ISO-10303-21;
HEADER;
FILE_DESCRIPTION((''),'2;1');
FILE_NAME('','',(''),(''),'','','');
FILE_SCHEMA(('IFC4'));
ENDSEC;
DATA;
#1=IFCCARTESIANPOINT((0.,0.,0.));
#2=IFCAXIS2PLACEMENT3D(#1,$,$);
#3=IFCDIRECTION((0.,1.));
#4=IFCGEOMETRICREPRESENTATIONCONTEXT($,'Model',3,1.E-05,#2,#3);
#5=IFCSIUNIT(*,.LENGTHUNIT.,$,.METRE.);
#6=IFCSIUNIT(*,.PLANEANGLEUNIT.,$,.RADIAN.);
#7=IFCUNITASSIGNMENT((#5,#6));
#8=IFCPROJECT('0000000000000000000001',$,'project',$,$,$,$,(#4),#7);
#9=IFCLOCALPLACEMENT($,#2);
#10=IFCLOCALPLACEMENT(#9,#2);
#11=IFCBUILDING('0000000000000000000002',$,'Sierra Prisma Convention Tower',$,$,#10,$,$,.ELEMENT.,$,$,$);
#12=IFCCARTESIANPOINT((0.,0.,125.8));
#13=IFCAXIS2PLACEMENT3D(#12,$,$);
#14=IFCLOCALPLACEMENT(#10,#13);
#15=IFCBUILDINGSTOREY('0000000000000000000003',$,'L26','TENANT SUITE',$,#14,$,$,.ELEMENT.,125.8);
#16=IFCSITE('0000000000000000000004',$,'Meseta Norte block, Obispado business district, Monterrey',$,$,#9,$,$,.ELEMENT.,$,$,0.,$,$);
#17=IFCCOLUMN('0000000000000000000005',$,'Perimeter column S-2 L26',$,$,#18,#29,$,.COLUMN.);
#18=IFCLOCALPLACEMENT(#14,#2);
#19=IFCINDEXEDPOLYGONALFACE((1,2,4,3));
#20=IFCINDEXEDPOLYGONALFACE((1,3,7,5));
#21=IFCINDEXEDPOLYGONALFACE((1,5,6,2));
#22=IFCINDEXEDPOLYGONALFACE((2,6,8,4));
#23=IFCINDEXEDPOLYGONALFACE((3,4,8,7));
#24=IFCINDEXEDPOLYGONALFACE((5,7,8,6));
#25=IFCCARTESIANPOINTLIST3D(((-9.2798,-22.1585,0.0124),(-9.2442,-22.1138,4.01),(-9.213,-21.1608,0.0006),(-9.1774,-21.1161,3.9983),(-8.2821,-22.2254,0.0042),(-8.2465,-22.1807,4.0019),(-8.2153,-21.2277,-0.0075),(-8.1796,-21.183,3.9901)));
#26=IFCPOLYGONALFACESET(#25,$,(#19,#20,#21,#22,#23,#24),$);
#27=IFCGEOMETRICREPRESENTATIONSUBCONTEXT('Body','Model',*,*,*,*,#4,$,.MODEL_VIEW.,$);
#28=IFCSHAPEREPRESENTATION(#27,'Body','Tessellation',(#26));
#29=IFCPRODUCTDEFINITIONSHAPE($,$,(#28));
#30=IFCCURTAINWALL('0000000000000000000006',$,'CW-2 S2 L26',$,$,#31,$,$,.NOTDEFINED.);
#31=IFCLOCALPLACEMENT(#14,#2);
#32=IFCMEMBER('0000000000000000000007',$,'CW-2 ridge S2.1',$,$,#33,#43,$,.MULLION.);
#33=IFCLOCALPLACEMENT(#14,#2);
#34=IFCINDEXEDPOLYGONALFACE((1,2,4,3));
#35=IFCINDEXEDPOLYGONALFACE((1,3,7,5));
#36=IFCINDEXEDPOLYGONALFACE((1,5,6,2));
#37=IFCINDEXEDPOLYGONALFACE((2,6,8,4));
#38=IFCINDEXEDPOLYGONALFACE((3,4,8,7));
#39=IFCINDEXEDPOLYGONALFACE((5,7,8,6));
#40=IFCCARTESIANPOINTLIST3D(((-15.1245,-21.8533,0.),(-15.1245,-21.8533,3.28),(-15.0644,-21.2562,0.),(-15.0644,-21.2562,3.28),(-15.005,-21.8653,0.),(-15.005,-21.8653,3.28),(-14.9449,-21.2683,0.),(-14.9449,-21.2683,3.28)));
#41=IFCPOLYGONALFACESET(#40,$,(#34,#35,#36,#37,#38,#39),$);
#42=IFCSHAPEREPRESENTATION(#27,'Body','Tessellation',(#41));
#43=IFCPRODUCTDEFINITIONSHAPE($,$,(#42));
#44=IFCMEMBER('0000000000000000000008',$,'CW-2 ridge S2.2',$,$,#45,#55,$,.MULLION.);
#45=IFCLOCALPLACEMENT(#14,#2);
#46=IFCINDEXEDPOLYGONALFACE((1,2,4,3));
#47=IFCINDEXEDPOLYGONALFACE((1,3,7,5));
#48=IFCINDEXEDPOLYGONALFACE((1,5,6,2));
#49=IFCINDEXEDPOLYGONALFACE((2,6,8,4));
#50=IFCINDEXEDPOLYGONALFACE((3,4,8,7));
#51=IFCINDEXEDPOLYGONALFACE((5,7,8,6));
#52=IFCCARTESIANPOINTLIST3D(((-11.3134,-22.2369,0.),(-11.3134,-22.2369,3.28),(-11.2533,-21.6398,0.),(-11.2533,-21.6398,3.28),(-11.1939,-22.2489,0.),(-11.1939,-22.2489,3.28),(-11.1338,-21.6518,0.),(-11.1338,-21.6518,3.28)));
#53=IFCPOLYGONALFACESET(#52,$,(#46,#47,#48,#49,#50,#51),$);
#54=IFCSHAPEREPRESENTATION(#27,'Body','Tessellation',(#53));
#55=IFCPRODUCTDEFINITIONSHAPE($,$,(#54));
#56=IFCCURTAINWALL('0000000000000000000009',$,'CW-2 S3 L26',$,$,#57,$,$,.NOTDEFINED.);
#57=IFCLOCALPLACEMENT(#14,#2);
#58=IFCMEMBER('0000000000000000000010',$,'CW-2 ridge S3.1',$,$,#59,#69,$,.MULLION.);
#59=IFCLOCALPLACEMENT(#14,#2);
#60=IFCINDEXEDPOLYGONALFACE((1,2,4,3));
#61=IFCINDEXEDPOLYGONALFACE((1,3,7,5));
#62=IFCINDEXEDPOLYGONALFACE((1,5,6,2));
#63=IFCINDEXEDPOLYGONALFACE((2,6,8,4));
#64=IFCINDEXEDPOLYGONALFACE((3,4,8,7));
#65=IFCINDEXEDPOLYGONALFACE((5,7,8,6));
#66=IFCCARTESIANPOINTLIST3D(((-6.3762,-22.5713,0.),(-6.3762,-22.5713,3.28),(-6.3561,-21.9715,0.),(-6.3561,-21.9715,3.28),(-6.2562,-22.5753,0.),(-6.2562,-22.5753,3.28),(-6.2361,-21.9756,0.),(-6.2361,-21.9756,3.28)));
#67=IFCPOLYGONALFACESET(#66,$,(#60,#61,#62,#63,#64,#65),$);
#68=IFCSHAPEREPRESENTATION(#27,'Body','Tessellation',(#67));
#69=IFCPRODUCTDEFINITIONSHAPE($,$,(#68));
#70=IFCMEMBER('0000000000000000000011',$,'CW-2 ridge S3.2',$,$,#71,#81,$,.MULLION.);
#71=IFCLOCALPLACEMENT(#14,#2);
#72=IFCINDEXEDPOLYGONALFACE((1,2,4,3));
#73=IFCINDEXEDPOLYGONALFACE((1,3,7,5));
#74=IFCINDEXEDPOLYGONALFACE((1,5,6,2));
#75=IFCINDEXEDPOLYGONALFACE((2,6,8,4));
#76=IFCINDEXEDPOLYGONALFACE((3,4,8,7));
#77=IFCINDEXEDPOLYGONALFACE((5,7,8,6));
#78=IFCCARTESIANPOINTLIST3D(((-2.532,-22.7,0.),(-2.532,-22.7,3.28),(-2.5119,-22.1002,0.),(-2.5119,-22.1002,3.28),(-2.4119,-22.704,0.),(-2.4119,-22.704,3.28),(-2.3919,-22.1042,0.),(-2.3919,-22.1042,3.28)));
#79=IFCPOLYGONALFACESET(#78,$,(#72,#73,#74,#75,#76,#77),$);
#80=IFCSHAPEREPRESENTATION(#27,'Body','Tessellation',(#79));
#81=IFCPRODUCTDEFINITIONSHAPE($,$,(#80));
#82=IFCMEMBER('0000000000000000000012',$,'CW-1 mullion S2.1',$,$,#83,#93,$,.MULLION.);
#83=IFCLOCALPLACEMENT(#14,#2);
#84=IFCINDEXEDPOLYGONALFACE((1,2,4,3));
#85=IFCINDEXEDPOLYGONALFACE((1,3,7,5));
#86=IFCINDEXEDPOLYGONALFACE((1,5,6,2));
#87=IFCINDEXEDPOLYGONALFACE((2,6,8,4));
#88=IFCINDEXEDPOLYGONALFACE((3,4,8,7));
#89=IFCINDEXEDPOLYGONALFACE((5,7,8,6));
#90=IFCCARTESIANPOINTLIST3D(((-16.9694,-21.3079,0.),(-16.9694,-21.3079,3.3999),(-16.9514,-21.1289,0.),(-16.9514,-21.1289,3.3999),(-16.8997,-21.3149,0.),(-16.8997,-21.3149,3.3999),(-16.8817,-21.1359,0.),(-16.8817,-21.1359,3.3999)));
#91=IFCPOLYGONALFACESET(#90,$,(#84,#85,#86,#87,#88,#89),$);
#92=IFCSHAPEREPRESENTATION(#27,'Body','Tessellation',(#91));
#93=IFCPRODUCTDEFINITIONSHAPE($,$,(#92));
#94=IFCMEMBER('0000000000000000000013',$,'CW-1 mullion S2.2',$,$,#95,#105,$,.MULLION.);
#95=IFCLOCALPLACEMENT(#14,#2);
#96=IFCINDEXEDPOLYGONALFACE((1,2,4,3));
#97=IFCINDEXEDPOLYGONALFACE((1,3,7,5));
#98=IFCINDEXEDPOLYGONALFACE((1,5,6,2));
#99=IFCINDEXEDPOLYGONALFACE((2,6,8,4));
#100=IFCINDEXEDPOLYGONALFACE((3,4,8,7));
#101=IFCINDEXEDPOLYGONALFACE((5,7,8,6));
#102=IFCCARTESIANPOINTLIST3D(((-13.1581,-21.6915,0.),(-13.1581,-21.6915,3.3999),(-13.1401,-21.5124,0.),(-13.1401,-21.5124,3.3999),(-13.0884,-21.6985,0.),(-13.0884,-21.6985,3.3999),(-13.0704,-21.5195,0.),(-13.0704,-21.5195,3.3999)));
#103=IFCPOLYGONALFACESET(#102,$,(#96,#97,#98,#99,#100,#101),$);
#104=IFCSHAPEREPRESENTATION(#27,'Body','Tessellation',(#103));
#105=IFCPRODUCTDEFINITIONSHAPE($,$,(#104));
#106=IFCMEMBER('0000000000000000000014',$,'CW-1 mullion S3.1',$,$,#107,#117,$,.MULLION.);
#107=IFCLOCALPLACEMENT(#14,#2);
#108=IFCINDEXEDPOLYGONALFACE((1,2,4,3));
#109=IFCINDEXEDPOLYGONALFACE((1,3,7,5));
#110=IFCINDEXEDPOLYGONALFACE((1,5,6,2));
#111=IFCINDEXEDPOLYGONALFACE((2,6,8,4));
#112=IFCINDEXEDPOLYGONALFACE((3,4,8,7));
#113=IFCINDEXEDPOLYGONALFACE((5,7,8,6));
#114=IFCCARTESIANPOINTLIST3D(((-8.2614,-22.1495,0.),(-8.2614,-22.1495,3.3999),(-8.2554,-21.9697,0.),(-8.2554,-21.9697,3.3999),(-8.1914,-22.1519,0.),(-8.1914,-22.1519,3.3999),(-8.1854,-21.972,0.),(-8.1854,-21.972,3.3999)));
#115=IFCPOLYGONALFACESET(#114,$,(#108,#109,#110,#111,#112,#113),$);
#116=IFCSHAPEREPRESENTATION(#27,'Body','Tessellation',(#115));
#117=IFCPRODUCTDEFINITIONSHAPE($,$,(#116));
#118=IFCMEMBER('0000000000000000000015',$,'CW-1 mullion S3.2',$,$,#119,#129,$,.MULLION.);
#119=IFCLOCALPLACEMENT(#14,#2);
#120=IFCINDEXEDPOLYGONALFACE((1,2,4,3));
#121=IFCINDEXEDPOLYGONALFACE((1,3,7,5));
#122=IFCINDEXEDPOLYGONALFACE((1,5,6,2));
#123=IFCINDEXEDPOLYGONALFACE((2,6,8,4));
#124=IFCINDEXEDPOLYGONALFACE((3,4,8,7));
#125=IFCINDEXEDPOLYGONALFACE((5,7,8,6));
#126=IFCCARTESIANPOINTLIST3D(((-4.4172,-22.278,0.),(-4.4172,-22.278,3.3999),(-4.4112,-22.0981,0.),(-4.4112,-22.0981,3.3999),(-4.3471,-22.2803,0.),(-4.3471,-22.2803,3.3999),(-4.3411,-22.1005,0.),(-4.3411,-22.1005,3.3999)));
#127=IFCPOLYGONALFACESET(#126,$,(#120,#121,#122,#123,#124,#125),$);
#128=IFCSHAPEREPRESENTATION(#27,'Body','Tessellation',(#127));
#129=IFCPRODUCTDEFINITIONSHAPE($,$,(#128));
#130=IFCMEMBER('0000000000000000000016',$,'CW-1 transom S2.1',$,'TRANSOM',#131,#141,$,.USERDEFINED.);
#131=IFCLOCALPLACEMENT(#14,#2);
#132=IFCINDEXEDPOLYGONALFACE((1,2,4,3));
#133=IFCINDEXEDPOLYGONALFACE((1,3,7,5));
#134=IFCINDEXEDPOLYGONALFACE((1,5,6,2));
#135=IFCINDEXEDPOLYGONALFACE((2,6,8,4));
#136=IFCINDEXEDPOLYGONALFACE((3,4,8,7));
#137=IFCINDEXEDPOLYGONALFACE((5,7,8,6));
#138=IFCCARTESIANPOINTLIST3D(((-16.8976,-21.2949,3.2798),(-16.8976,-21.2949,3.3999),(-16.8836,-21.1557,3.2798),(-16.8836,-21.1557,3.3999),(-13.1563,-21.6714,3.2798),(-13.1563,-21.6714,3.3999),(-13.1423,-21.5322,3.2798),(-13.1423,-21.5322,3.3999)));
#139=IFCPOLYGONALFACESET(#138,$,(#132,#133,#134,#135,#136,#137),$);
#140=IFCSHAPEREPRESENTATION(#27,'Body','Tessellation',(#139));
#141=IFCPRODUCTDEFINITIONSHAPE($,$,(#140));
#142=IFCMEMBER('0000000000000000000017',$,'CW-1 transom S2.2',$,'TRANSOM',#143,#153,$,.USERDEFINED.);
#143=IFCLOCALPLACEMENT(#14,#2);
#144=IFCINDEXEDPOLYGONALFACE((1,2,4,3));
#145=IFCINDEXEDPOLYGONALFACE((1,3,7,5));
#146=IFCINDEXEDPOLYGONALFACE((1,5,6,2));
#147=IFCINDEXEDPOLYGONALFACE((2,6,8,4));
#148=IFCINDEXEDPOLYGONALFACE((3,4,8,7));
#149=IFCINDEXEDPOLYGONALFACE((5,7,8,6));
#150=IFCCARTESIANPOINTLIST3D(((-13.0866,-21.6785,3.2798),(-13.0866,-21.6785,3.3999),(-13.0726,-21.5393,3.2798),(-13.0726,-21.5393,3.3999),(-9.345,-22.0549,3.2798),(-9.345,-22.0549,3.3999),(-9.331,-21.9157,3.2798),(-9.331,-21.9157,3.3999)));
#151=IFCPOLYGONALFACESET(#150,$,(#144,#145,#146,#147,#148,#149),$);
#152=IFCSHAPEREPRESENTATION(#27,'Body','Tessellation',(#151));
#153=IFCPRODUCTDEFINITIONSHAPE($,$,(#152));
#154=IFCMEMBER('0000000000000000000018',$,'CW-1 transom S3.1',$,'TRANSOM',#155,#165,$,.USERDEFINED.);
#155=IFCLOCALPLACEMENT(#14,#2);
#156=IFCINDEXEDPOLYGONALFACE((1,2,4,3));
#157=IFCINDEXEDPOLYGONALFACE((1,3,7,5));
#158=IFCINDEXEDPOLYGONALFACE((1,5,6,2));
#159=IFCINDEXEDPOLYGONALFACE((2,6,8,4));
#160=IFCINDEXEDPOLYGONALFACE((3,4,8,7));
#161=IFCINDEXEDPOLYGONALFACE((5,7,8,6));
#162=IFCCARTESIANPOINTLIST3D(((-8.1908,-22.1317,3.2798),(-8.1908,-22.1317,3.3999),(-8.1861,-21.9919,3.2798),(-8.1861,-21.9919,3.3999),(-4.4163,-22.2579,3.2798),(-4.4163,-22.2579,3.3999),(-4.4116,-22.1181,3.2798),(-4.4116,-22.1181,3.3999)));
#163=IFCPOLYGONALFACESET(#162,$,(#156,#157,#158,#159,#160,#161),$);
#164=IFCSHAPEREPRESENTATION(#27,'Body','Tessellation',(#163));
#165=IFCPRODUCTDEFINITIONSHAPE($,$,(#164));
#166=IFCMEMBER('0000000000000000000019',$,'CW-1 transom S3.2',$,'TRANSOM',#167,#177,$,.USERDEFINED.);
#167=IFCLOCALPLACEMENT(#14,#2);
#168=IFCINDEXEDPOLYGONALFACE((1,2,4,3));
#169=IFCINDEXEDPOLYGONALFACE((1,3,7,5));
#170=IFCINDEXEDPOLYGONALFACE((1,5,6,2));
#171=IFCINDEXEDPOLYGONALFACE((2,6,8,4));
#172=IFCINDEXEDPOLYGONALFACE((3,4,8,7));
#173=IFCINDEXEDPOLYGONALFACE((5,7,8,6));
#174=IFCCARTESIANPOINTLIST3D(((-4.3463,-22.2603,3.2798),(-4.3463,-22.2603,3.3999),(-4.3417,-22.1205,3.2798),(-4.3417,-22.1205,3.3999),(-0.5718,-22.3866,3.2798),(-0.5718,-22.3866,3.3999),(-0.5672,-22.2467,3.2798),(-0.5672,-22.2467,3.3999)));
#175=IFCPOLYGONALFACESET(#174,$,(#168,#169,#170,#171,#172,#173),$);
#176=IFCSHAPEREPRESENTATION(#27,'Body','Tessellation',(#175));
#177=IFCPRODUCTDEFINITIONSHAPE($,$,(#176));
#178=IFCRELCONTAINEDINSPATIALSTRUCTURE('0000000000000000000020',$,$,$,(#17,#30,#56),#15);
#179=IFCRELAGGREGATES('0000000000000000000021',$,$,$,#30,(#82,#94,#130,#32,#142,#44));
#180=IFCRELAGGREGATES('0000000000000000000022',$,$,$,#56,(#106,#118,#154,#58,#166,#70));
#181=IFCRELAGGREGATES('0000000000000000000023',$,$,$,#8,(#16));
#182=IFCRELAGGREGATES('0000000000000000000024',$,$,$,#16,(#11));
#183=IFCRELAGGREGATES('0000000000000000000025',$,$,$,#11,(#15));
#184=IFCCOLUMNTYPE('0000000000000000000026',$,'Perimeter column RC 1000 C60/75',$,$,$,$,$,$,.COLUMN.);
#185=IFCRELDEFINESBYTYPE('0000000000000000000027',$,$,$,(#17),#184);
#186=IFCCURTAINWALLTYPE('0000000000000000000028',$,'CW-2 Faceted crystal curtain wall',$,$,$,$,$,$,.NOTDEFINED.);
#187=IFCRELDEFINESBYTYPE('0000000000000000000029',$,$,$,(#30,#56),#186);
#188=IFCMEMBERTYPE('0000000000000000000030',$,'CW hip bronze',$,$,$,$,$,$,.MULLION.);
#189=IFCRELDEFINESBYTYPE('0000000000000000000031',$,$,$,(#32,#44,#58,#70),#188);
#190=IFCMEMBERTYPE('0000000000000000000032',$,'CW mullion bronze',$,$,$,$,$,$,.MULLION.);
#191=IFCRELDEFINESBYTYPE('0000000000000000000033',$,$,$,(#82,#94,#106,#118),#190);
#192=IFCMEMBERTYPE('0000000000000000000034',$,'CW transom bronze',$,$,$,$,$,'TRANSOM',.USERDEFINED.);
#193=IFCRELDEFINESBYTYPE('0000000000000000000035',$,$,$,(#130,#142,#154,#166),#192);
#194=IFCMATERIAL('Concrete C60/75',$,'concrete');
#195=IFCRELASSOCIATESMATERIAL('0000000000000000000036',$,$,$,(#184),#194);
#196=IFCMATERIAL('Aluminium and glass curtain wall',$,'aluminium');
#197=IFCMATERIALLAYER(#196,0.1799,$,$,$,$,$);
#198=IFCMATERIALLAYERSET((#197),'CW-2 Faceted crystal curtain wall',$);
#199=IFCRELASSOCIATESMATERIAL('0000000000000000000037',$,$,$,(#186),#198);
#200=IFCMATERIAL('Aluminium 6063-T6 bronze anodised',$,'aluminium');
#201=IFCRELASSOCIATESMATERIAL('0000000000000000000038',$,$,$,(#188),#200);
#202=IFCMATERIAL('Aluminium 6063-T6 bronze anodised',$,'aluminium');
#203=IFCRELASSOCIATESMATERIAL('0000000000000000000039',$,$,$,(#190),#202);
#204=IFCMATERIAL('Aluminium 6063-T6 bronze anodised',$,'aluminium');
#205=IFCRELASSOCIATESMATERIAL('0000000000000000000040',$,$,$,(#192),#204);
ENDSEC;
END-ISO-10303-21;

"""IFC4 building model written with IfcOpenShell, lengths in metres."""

from ifc_helpers import new_model, si_unit, direction, frame, origin, origin_2d, place, context, subcontext, project, spatial, rectangle, extrude, clip, halfspace, material, layer, layer_set, material_profile, profile_set, type_object, element, aggregate, save


model = new_model("IFC4")

# Units and contexts
model_context = context("Model", 3, precision=1e-05, world=origin(), true_north=direction((0.0, 1.0)))
body_context = subcontext(model_context, "Body", "Model", "MODEL_VIEW")
ifc_project = project(units=[si_unit("LENGTHUNIT", "METRE"), si_unit("PLANEANGLEUNIT", "RADIAN")], contexts=[model_context])

# Site, building, storey
site_placement = place(None, origin())
site = spatial("IfcSite", under=ifc_project, at=site_placement, Name="Meseta Norte block, Obispado business district, Monterrey", CompositionType="ELEMENT", RefElevation=0.0)
building_placement = place(site_placement, origin())
building = spatial("IfcBuilding", under=site, at=building_placement, Name="Sierra Prisma Convention Tower", CompositionType="ELEMENT")
storey_placement = place(building_placement, frame((0.0, 0.0, 125.8)))
storey = spatial("IfcBuildingStorey", under=building, at=storey_placement, Name="L26", Description="TENANT SUITE", CompositionType="ELEMENT", Elevation=125.8)

# Column
ifc_material_1 = material(Name="Concrete C60/75", Category="concrete")
ifc_material_profile_1 = material_profile(ifc_material_1, rectangle(XDim=1.0, YDim=1.0, at=origin_2d()), Name="Perimeter column RC 1000 C60/75")
ifc_profile_set_1 = profile_set([ifc_material_profile_1], Name="Concrete C60/75")
column_type = type_object("IfcColumnType", Name="Perimeter column RC 1000 C60/75", PredefinedType="COLUMN", material=ifc_profile_set_1)
column_placement = place(storey_placement, frame((-8.7476, -21.6931, 0.0), z_axis=(0.00891, 0.011168, 0.999898), x_axis=(-0.997726, 0.066902, 0.008144)))
element("IfcColumn", 1, at=column_placement, inside=storey, type_object=column_type, Name="Perimeter column S-2 L26", PredefinedType="COLUMN", context=body_context, shape_type="SweptSolid", body=[
    clip(extrude(rectangle(XDim=1.0, YDim=1.0, at=origin_2d()), origin(), (0.0, 0.0, 1.0), 4.0005), halfspace(frame((0.0, 0.0, 0.0024)), True)),
])

# Curtain walls, members
ifc_material_2 = material(Name="Aluminium and glass curtain wall", Category="aluminium")
ifc_layer_1 = layer(ifc_material_2, 0.1799)
ifc_layer_set_1 = layer_set([ifc_layer_1], Name="CW-2 Faceted crystal curtain wall")
curtain_wall_type = type_object("IfcCurtainWallType", Name="CW-2 Faceted crystal curtain wall", PredefinedType="NOTDEFINED", material=ifc_layer_set_1)
curtain_wall_1_placement = place(storey_placement, origin())
curtain_wall_1 = element("IfcCurtainWall", 2, at=curtain_wall_1_placement, inside=storey, type_object=curtain_wall_type, Name="CW-2 S2 L26", PredefinedType="NOTDEFINED")
ifc_material_3 = material(Name="Aluminium 6063-T6 bronze anodised", Category="aluminium")
ifc_material_profile_2 = material_profile(ifc_material_3, rectangle(XDim=0.1201, YDim=0.6001, at=origin_2d()), Name="ALU RIDGE BLADE 120x600")
ifc_profile_set_2 = profile_set([ifc_material_profile_2], Name="Aluminium 6063-T6 bronze anodised")
member_type_1 = type_object("IfcMemberType", Name="CW hip bronze", PredefinedType="MULLION", material=ifc_profile_set_2)
member_1_placement = place(storey_placement, frame((-15.0347, -21.5608, 0.0), z_axis=(0.0, 0.0, 1.0), x_axis=(0.994976, -0.100118, 0.0)))
member_1 = element("IfcMember", 3, at=member_1_placement, type_object=member_type_1, Name="CW-2 ridge S2.1", PredefinedType="MULLION", context=body_context, shape_type="SweptSolid", body=[
    extrude(rectangle(XDim=0.1201, YDim=0.6001, at=origin_2d()), origin(), (0.0, 0.0, 1.0), 3.28),
])
member_2_placement = place(storey_placement, frame((-11.2236, -21.9443, 0.0), z_axis=(0.0, 0.0, 1.0), x_axis=(0.994976, -0.100118, 0.0)))
member_2 = element("IfcMember", 4, at=member_2_placement, type_object=member_type_1, Name="CW-2 ridge S2.2", PredefinedType="MULLION", context=body_context, shape_type="SweptSolid", body=[
    extrude(rectangle(XDim=0.1201, YDim=0.6001, at=origin_2d()), origin(), (0.0, 0.0, 1.0), 3.28),
])
curtain_wall_2_placement = place(storey_placement, origin())
curtain_wall_2 = element("IfcCurtainWall", 5, at=curtain_wall_2_placement, inside=storey, type_object=curtain_wall_type, Name="CW-2 S3 L26", PredefinedType="NOTDEFINED")
member_3_placement = place(storey_placement, frame((-6.3062, -22.2734, 0.0), z_axis=(0.0, 0.0, 1.0), x_axis=(0.999441, -0.033422, 0.0)))
member_3 = element("IfcMember", 6, at=member_3_placement, type_object=member_type_1, Name="CW-2 ridge S3.1", PredefinedType="MULLION", context=body_context, shape_type="SweptSolid", body=[
    extrude(rectangle(XDim=0.1201, YDim=0.6001, at=origin_2d()), origin(), (0.0, 0.0, 1.0), 3.28),
])
member_4_placement = place(storey_placement, frame((-2.4619, -22.4021, 0.0), z_axis=(0.0, 0.0, 1.0), x_axis=(0.999441, -0.033422, 0.0)))
member_4 = element("IfcMember", 7, at=member_4_placement, type_object=member_type_1, Name="CW-2 ridge S3.2", PredefinedType="MULLION", context=body_context, shape_type="SweptSolid", body=[
    extrude(rectangle(XDim=0.1201, YDim=0.6001, at=origin_2d()), origin(), (0.0, 0.0, 1.0), 3.28),
])

# Members
ifc_material_4 = material(Name="Aluminium 6063-T6 bronze anodised", Category="aluminium")
ifc_material_profile_3 = material_profile(ifc_material_4, rectangle(XDim=0.1799, YDim=0.0701, at=origin_2d()), Name="ALU MULLION 70x180")
ifc_profile_set_3 = profile_set([ifc_material_profile_3], Name="Aluminium 6063-T6 bronze anodised")
member_type_2 = type_object("IfcMemberType", Name="CW mullion bronze", PredefinedType="MULLION", material=ifc_profile_set_3)
member_5_placement = place(storey_placement, frame((-16.9255, -21.2219, 0.0), z_axis=(0.0, 0.0, 1.0), x_axis=(0.100118, 0.994976, 0.0)))
member_5 = element("IfcMember", 8, at=member_5_placement, type_object=member_type_2, Name="CW-1 mullion S2.1", PredefinedType="MULLION", context=body_context, shape_type="SweptSolid", body=[
    extrude(rectangle(XDim=0.1799, YDim=0.0701, at=origin_2d()), origin(), (0.0, 0.0, 1.0), 3.3999),
])
member_6_placement = place(storey_placement, frame((-13.1143, -21.6055, 0.0), z_axis=(0.0, 0.0, 1.0), x_axis=(0.100118, 0.994976, 0.0)))
member_6 = element("IfcMember", 9, at=member_6_placement, type_object=member_type_2, Name="CW-1 mullion S2.2", PredefinedType="MULLION", context=body_context, shape_type="SweptSolid", body=[
    extrude(rectangle(XDim=0.1799, YDim=0.0701, at=origin_2d()), origin(), (0.0, 0.0, 1.0), 3.3999),
])
member_7_placement = place(storey_placement, frame((-8.2234, -22.0608, 0.0), z_axis=(0.0, 0.0, 1.0), x_axis=(0.033422, 0.999441, 0.0)))
member_7 = element("IfcMember", 10, at=member_7_placement, type_object=member_type_2, Name="CW-1 mullion S3.1", PredefinedType="MULLION", context=body_context, shape_type="SweptSolid", body=[
    extrude(rectangle(XDim=0.1799, YDim=0.0701, at=origin_2d()), origin(), (0.0, 0.0, 1.0), 3.3999),
])
member_8_placement = place(storey_placement, frame((-4.3792, -22.1892, 0.0), z_axis=(0.0, 0.0, 1.0), x_axis=(0.033422, 0.999441, 0.0)))
member_8 = element("IfcMember", 11, at=member_8_placement, type_object=member_type_2, Name="CW-1 mullion S3.2", PredefinedType="MULLION", context=body_context, shape_type="SweptSolid", body=[
    extrude(rectangle(XDim=0.1799, YDim=0.0701, at=origin_2d()), origin(), (0.0, 0.0, 1.0), 3.3999),
])
ifc_material_5 = material(Name="Aluminium 6063-T6 bronze anodised", Category="aluminium")
ifc_material_profile_4 = material_profile(ifc_material_5, rectangle(XDim=0.1399, YDim=0.1201, at=origin_2d()), Name="ALU TRANSOM 120x140")
ifc_profile_set_4 = profile_set([ifc_material_profile_4], Name="Aluminium 6063-T6 bronze anodised")
member_type_3 = type_object("IfcMemberType", Name="CW transom bronze", ElementType="TRANSOM", PredefinedType="USERDEFINED", material=ifc_profile_set_4)
member_9_placement = place(storey_placement, frame((-16.8906, -21.2253, 3.3398), z_axis=(0.994976, -0.100114, 0.0), x_axis=(0.100114, 0.994976, 0.0)))
member_9 = element("IfcMember", 12, at=member_9_placement, type_object=member_type_3, Name="CW-1 transom S2.1", ObjectType="TRANSOM", PredefinedType="USERDEFINED", context=body_context, shape_type="SweptSolid", body=[
    extrude(rectangle(XDim=0.1399, YDim=0.1201, at=origin_2d()), origin(), (0.0, 0.0, 1.0), 3.7603),
])
member_10_placement = place(storey_placement, frame((-13.0796, -21.6089, 3.3398), z_axis=(0.994977, -0.100108, 0.0), x_axis=(0.100108, 0.994977, 0.0)))
member_10 = element("IfcMember", 13, at=member_10_placement, type_object=member_type_3, Name="CW-1 transom S2.2", ObjectType="TRANSOM", PredefinedType="USERDEFINED", context=body_context, shape_type="SweptSolid", body=[
    extrude(rectangle(XDim=0.1399, YDim=0.1201, at=origin_2d()), origin(), (0.0, 0.0, 1.0), 3.7605),
])
member_11_placement = place(storey_placement, frame((-8.1885, -22.0618, 3.3398), z_axis=(0.999441, -0.033422, 0.0), x_axis=(0.033422, 0.999441, 0.0)))
member_11 = element("IfcMember", 14, at=member_11_placement, type_object=member_type_3, Name="CW-1 transom S3.1", ObjectType="TRANSOM", PredefinedType="USERDEFINED", context=body_context, shape_type="SweptSolid", body=[
    extrude(rectangle(XDim=0.1399, YDim=0.1201, at=origin_2d()), origin(), (0.0, 0.0, 1.0), 3.7766),
])
member_12_placement = place(storey_placement, frame((-4.344, -22.1904, 3.3398), z_axis=(0.999441, -0.033422, 0.0), x_axis=(0.033422, 0.999441, 0.0)))
member_12 = element("IfcMember", 15, at=member_12_placement, type_object=member_type_3, Name="CW-1 transom S3.2", ObjectType="TRANSOM", PredefinedType="USERDEFINED", context=body_context, shape_type="SweptSolid", body=[
    extrude(rectangle(XDim=0.1399, YDim=0.1201, at=origin_2d()), origin(), (0.0, 0.0, 1.0), 3.7766),
])

aggregate(curtain_wall_1, [member_5, member_6, member_9, member_1, member_10, member_2])
aggregate(curtain_wall_2, [member_7, member_8, member_11, member_3, member_12, member_4])

save(model, "model.ifc")
